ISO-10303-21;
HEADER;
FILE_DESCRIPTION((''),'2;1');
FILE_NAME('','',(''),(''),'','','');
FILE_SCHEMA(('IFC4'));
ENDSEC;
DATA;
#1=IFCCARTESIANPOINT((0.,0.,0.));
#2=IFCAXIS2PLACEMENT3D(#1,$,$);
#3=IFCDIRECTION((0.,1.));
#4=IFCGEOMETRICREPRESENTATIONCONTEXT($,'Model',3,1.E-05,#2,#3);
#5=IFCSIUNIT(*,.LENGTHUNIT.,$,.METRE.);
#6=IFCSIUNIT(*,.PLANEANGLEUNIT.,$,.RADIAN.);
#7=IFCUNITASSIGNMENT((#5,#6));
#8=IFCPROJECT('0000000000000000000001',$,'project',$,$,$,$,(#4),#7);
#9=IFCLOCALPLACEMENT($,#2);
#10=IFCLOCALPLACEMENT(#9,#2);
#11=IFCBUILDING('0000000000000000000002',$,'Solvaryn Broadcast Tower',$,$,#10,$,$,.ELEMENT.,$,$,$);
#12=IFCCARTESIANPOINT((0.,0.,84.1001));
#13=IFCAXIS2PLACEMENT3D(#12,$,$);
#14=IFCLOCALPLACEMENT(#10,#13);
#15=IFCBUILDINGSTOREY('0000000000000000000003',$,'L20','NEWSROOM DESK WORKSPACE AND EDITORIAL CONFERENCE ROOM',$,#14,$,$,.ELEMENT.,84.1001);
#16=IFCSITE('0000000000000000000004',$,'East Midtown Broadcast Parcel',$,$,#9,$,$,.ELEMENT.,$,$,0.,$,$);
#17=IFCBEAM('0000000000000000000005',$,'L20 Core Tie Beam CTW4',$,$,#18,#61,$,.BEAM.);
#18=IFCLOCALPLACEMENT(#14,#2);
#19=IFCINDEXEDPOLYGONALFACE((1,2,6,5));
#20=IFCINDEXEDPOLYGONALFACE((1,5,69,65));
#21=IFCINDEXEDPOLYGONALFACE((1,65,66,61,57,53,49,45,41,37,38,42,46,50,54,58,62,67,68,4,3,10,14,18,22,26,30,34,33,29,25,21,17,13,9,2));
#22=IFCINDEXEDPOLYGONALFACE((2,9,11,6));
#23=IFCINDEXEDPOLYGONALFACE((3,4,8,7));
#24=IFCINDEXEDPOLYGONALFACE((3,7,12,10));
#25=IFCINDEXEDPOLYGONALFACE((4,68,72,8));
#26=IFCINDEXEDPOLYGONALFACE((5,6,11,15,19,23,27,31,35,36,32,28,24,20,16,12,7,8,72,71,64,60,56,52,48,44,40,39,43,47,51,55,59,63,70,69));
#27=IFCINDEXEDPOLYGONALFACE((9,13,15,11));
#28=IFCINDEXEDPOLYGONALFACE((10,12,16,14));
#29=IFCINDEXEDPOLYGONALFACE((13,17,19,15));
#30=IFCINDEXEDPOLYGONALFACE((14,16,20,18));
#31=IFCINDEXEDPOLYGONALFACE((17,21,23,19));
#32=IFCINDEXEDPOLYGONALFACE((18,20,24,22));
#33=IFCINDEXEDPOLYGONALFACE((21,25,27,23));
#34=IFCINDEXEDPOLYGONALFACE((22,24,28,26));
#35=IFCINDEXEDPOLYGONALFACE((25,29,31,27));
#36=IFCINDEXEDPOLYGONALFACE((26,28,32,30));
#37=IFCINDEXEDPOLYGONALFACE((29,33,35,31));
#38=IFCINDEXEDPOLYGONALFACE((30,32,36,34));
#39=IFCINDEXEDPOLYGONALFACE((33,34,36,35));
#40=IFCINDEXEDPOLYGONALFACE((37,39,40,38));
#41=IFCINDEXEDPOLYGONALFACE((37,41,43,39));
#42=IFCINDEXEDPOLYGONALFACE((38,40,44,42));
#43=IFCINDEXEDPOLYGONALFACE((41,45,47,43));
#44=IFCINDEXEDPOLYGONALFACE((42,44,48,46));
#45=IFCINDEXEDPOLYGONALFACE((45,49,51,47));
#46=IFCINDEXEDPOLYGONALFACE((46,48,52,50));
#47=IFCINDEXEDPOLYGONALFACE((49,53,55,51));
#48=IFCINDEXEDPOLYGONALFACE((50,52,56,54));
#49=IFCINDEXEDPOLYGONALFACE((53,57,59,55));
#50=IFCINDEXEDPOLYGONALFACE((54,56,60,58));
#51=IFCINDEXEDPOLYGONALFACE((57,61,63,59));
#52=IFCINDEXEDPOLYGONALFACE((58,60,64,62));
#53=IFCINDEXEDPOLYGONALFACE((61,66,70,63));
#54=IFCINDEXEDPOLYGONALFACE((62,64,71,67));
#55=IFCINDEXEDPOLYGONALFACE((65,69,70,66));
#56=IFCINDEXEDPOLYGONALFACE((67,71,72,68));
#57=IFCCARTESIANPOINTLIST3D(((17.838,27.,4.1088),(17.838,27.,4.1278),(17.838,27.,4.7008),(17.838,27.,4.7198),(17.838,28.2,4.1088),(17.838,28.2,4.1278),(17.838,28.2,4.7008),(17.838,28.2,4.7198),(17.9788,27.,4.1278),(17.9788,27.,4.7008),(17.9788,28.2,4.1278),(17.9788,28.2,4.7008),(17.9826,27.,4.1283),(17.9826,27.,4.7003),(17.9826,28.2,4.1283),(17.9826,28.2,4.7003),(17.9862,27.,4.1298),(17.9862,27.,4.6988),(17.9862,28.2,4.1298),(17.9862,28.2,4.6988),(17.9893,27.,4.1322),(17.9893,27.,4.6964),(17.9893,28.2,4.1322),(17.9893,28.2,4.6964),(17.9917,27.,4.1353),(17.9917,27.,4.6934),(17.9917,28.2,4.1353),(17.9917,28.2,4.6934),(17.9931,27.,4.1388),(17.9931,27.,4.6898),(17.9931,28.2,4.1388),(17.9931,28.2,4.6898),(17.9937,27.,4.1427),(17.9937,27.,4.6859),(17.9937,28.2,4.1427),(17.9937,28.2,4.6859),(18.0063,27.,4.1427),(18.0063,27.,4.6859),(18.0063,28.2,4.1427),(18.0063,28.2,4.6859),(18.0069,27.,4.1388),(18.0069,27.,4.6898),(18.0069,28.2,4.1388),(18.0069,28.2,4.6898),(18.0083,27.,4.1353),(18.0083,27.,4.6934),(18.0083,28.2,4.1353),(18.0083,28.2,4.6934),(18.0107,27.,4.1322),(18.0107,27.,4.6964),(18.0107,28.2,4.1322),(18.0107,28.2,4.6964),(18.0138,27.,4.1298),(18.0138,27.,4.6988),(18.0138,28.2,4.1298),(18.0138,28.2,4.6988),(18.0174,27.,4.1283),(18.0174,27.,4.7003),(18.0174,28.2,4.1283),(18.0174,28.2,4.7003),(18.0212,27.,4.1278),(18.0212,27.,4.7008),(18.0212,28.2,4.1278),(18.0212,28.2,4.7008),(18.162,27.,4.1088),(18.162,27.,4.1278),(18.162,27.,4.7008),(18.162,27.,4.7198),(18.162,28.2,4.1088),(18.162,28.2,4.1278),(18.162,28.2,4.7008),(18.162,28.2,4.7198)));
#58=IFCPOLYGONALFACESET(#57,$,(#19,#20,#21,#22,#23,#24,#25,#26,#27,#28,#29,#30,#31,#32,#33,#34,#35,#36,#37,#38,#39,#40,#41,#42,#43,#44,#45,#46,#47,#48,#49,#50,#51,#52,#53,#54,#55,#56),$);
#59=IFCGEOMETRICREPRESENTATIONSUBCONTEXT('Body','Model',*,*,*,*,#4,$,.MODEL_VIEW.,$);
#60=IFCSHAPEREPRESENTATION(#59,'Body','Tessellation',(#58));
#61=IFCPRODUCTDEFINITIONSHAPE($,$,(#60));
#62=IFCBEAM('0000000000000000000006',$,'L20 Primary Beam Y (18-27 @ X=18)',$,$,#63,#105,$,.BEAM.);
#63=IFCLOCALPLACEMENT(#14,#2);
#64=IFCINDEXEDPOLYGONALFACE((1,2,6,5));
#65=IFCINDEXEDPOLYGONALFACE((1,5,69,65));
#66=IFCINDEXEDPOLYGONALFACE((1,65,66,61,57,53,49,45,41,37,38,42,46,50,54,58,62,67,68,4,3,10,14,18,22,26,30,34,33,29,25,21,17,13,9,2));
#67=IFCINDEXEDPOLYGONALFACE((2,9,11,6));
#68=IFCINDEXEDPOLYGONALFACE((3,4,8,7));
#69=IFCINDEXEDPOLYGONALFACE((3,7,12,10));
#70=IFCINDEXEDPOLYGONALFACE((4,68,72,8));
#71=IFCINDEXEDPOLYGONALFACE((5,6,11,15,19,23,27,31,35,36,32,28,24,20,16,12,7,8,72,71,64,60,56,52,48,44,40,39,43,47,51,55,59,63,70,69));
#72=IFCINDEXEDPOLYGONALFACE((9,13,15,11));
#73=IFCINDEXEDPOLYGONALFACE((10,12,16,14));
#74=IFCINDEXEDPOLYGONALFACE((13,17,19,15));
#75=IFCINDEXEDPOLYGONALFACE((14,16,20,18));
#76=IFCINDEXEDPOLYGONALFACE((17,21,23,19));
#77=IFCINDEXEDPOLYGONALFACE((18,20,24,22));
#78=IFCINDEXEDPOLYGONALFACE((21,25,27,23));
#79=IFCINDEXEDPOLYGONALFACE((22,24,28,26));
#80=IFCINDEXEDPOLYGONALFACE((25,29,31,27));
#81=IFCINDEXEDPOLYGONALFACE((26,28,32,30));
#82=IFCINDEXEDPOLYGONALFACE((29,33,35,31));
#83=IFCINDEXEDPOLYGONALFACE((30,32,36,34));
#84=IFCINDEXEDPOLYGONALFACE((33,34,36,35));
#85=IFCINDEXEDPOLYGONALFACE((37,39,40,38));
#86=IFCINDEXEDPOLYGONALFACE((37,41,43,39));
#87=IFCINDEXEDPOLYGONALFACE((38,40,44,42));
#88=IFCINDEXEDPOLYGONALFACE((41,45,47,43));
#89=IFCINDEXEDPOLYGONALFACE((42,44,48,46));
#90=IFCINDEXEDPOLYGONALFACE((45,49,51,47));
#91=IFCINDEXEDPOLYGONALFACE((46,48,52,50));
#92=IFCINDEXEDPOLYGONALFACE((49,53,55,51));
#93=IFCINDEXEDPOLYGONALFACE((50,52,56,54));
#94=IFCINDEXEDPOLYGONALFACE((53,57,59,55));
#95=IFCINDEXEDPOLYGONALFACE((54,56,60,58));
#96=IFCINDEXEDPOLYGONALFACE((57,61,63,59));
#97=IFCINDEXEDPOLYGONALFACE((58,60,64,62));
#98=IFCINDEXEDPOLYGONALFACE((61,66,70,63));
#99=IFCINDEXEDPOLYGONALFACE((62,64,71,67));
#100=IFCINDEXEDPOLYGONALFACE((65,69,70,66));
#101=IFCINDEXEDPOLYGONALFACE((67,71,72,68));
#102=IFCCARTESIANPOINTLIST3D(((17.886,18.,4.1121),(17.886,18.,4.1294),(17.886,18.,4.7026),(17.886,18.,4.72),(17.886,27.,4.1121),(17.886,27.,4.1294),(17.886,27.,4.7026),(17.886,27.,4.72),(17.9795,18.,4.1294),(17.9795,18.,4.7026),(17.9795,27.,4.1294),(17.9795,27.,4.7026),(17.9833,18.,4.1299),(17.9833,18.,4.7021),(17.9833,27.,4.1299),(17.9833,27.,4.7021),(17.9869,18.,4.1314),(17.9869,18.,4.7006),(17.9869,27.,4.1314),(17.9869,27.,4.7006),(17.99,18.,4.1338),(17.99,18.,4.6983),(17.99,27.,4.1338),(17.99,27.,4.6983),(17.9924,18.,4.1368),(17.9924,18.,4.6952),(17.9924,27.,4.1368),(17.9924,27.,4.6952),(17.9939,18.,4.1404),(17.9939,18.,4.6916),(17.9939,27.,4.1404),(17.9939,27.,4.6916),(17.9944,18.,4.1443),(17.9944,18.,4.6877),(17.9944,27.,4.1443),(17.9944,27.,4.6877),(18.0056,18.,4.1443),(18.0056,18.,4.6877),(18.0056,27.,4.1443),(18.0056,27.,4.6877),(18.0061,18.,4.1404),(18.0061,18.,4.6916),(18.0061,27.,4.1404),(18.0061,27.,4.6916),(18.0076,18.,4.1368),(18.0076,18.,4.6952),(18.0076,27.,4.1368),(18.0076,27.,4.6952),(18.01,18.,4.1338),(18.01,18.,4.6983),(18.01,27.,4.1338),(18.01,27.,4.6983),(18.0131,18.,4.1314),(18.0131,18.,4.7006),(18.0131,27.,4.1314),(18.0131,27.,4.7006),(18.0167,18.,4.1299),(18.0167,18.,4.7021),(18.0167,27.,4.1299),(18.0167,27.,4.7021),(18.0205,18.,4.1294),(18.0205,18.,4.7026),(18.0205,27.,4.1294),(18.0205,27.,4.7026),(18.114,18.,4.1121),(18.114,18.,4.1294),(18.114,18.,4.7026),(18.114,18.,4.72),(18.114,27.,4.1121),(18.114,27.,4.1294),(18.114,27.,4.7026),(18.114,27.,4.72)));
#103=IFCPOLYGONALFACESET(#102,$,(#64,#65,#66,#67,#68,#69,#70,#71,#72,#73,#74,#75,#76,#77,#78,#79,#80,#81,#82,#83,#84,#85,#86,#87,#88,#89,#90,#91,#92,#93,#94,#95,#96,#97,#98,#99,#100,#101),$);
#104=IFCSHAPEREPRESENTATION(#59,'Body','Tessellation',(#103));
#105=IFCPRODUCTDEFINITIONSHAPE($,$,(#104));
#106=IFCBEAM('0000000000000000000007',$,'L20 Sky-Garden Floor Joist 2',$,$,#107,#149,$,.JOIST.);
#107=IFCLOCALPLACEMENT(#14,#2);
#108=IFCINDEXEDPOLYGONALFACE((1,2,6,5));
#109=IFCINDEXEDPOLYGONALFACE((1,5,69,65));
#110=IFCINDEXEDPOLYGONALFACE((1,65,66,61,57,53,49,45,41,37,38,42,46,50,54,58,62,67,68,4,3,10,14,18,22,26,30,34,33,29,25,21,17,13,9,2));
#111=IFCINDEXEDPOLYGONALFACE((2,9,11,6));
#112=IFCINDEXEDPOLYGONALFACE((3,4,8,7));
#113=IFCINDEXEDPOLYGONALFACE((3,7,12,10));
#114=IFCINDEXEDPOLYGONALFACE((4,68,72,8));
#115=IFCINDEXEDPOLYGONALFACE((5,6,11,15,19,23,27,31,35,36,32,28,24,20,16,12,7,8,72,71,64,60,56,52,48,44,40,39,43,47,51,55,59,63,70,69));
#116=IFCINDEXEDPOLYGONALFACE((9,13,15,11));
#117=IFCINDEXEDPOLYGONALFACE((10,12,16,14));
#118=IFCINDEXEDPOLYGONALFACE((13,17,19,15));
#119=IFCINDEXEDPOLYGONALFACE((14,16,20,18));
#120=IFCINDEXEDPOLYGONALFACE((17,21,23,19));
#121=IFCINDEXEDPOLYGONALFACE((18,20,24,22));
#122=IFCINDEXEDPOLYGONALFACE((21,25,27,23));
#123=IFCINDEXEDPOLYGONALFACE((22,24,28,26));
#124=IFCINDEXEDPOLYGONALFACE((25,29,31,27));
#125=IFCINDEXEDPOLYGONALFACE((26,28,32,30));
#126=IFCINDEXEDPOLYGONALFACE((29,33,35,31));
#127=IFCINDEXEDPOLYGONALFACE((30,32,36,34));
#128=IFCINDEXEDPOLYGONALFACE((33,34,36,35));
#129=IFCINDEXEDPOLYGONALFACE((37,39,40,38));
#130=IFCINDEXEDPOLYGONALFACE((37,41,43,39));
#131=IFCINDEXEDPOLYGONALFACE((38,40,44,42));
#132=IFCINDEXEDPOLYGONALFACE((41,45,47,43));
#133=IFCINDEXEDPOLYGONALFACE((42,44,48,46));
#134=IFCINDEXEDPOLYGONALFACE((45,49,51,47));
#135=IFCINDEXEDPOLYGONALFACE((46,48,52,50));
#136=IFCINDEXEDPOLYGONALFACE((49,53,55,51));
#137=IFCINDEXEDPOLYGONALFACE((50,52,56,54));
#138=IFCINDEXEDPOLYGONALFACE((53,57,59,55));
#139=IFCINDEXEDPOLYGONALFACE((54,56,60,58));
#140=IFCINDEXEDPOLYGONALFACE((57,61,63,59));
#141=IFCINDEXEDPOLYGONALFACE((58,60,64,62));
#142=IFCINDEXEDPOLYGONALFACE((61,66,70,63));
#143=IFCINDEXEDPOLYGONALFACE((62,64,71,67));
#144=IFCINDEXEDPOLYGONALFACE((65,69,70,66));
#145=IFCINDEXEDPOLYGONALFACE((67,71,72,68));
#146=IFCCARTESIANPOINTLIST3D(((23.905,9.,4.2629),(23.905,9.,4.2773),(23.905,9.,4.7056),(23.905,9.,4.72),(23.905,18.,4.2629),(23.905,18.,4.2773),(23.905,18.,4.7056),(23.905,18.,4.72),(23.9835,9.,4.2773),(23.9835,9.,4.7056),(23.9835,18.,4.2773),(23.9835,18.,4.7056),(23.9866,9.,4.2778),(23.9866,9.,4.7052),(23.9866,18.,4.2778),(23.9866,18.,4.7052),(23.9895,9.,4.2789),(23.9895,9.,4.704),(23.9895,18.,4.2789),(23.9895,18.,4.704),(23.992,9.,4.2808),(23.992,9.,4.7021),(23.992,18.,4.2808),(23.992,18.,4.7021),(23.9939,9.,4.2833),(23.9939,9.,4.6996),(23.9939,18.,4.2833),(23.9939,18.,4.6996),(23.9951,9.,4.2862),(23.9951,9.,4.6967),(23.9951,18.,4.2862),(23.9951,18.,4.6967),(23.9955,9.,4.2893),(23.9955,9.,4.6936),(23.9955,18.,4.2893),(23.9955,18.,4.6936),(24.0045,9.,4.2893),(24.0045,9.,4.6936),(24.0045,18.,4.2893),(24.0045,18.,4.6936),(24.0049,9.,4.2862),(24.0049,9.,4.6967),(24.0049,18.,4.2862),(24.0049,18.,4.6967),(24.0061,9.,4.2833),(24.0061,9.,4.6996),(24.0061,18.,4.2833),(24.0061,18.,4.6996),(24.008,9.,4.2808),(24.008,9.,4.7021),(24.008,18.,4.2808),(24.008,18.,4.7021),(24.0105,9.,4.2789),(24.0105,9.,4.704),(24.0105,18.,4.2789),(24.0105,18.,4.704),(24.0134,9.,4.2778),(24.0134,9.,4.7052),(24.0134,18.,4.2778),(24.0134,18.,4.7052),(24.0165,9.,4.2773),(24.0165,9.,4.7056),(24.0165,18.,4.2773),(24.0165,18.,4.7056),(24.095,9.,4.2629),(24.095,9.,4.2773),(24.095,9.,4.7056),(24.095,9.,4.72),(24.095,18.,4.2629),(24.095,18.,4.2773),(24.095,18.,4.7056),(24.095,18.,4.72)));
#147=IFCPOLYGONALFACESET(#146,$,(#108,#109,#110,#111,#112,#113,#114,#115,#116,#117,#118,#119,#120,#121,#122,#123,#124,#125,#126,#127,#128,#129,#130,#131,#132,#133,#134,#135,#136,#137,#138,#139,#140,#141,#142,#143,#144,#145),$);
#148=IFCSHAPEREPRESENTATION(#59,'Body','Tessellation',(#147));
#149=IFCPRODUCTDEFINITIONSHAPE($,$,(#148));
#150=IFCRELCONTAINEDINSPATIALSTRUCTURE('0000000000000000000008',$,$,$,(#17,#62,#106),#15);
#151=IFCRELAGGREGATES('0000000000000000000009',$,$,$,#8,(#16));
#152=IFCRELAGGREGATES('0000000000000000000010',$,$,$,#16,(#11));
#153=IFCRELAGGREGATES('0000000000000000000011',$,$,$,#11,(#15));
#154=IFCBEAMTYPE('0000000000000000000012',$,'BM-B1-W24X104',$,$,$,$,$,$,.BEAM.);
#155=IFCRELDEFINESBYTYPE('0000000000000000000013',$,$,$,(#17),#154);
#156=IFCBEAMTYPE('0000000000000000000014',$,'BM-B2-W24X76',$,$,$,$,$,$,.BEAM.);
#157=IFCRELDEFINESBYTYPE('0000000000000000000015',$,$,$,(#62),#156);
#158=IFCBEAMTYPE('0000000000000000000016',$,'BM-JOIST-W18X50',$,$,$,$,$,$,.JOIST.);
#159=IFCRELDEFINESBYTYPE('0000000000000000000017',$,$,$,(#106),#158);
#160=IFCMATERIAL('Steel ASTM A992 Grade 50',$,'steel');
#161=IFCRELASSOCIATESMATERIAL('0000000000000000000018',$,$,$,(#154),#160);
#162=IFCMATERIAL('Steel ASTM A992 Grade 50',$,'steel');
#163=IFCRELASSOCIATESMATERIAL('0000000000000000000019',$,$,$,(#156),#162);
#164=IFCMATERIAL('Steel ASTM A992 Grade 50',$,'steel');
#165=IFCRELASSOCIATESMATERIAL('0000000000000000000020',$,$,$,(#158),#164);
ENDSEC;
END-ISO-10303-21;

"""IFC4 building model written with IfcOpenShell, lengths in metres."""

from ifc_helpers import new_model, si_unit, direction, frame, origin, origin_2d, place, context, subcontext, project, spatial, i_section, extrude, material, material_profile, profile_set, type_object, element, save


model = new_model("IFC4")

# Units and contexts
model_context = context("Model", 3, precision=1e-05, world=origin(), true_north=direction((0.0, 1.0)))
body_context = subcontext(model_context, "Body", "Model", "MODEL_VIEW")
ifc_project = project(units=[si_unit("LENGTHUNIT", "METRE"), si_unit("PLANEANGLEUNIT", "RADIAN")], contexts=[model_context])

# Site, building, storey
site_placement = place(None, origin())
site = spatial("IfcSite", under=ifc_project, at=site_placement, Name="East Midtown Broadcast Parcel", CompositionType="ELEMENT", RefElevation=0.0)
building_placement = place(site_placement, origin())
building = spatial("IfcBuilding", under=site, at=building_placement, Name="Solvaryn Broadcast Tower", CompositionType="ELEMENT")
storey_placement = place(building_placement, frame((0.0, 0.0, 84.1001)))
storey = spatial("IfcBuildingStorey", under=building, at=storey_placement, Name="L20", Description="NEWSROOM DESK WORKSPACE AND EDITORIAL CONFERENCE ROOM", CompositionType="ELEMENT", Elevation=84.1001)

# Beams
ifc_material_1 = material(Name="Steel ASTM A992 Grade 50", Category="steel")
ifc_material_profile_1 = material_profile(ifc_material_1, i_section(OverallWidth=0.324, OverallDepth=0.6111, WebThickness=0.0127, FlangeThickness=0.019, FilletRadius=0.0149, at=origin_2d()))
ifc_profile_set_1 = profile_set([ifc_material_profile_1], Name="Steel ASTM A992 Grade 50")
beam_type_1 = type_object("IfcBeamType", Name="BM-B1-W24X104", PredefinedType="BEAM", material=ifc_profile_set_1)
beam_1_placement = place(storey_placement, frame((18.0, 27.0, 4.4143), z_axis=(0.0, 1.0, 0.0), x_axis=(-1.0, 0.0, 0.0)))
element("IfcBeam", 1, at=beam_1_placement, inside=storey, type_object=beam_type_1, Name="L20 Core Tie Beam CTW4", PredefinedType="BEAM", context=body_context, shape_type="SweptSolid", body=[
    extrude(i_section(OverallWidth=0.324, OverallDepth=0.6111, WebThickness=0.0127, FlangeThickness=0.019, FilletRadius=0.0149, at=origin_2d()), origin(), (0.0, 0.0, 1.0), 1.2),
])
ifc_material_2 = material(Name="Steel ASTM A992 Grade 50", Category="steel")
ifc_material_profile_2 = material_profile(ifc_material_2, i_section(OverallWidth=0.228, OverallDepth=0.6079, WebThickness=0.0112, FlangeThickness=0.0173, FilletRadius=0.0149, at=origin_2d()))
ifc_profile_set_2 = profile_set([ifc_material_profile_2], Name="Steel ASTM A992 Grade 50")
beam_type_2 = type_object("IfcBeamType", Name="BM-B2-W24X76", PredefinedType="BEAM", material=ifc_profile_set_2)
beam_2_placement = place(storey_placement, frame((18.0, 18.0, 4.416), z_axis=(0.0, 1.0, 0.0), x_axis=(-1.0, 0.0, 0.0)))
element("IfcBeam", 2, at=beam_2_placement, inside=storey, type_object=beam_type_2, Name="L20 Primary Beam Y (18-27 @ X=18)", PredefinedType="BEAM", context=body_context, shape_type="SweptSolid", body=[
    extrude(i_section(OverallWidth=0.228, OverallDepth=0.6079, WebThickness=0.0112, FlangeThickness=0.0173, FilletRadius=0.0149, at=origin_2d()), origin(), (0.0, 0.0, 1.0), 9.0),
])
ifc_material_3 = material(Name="Steel ASTM A992 Grade 50", Category="steel")
ifc_material_profile_3 = material_profile(ifc_material_3, i_section(OverallWidth=0.1899, OverallDepth=0.457, WebThickness=0.009, FlangeThickness=0.0144, FilletRadius=0.012, at=origin_2d()))
ifc_profile_set_3 = profile_set([ifc_material_profile_3], Name="Steel ASTM A992 Grade 50")
beam_type_3 = type_object("IfcBeamType", Name="BM-JOIST-W18X50", PredefinedType="JOIST", material=ifc_profile_set_3)
beam_3_placement = place(storey_placement, frame((24.0, 9.0, 4.4915), z_axis=(0.0, 1.0, 0.0), x_axis=(-1.0, 0.0, 0.0)))
element("IfcBeam", 3, at=beam_3_placement, inside=storey, type_object=beam_type_3, Name="L20 Sky-Garden Floor Joist 2", PredefinedType="JOIST", context=body_context, shape_type="SweptSolid", body=[
    extrude(i_section(OverallWidth=0.1899, OverallDepth=0.457, WebThickness=0.009, FlangeThickness=0.0144, FilletRadius=0.012, at=origin_2d()), origin(), (0.0, 0.0, 1.0), 9.0),
])

save(model, "model.ifc")
